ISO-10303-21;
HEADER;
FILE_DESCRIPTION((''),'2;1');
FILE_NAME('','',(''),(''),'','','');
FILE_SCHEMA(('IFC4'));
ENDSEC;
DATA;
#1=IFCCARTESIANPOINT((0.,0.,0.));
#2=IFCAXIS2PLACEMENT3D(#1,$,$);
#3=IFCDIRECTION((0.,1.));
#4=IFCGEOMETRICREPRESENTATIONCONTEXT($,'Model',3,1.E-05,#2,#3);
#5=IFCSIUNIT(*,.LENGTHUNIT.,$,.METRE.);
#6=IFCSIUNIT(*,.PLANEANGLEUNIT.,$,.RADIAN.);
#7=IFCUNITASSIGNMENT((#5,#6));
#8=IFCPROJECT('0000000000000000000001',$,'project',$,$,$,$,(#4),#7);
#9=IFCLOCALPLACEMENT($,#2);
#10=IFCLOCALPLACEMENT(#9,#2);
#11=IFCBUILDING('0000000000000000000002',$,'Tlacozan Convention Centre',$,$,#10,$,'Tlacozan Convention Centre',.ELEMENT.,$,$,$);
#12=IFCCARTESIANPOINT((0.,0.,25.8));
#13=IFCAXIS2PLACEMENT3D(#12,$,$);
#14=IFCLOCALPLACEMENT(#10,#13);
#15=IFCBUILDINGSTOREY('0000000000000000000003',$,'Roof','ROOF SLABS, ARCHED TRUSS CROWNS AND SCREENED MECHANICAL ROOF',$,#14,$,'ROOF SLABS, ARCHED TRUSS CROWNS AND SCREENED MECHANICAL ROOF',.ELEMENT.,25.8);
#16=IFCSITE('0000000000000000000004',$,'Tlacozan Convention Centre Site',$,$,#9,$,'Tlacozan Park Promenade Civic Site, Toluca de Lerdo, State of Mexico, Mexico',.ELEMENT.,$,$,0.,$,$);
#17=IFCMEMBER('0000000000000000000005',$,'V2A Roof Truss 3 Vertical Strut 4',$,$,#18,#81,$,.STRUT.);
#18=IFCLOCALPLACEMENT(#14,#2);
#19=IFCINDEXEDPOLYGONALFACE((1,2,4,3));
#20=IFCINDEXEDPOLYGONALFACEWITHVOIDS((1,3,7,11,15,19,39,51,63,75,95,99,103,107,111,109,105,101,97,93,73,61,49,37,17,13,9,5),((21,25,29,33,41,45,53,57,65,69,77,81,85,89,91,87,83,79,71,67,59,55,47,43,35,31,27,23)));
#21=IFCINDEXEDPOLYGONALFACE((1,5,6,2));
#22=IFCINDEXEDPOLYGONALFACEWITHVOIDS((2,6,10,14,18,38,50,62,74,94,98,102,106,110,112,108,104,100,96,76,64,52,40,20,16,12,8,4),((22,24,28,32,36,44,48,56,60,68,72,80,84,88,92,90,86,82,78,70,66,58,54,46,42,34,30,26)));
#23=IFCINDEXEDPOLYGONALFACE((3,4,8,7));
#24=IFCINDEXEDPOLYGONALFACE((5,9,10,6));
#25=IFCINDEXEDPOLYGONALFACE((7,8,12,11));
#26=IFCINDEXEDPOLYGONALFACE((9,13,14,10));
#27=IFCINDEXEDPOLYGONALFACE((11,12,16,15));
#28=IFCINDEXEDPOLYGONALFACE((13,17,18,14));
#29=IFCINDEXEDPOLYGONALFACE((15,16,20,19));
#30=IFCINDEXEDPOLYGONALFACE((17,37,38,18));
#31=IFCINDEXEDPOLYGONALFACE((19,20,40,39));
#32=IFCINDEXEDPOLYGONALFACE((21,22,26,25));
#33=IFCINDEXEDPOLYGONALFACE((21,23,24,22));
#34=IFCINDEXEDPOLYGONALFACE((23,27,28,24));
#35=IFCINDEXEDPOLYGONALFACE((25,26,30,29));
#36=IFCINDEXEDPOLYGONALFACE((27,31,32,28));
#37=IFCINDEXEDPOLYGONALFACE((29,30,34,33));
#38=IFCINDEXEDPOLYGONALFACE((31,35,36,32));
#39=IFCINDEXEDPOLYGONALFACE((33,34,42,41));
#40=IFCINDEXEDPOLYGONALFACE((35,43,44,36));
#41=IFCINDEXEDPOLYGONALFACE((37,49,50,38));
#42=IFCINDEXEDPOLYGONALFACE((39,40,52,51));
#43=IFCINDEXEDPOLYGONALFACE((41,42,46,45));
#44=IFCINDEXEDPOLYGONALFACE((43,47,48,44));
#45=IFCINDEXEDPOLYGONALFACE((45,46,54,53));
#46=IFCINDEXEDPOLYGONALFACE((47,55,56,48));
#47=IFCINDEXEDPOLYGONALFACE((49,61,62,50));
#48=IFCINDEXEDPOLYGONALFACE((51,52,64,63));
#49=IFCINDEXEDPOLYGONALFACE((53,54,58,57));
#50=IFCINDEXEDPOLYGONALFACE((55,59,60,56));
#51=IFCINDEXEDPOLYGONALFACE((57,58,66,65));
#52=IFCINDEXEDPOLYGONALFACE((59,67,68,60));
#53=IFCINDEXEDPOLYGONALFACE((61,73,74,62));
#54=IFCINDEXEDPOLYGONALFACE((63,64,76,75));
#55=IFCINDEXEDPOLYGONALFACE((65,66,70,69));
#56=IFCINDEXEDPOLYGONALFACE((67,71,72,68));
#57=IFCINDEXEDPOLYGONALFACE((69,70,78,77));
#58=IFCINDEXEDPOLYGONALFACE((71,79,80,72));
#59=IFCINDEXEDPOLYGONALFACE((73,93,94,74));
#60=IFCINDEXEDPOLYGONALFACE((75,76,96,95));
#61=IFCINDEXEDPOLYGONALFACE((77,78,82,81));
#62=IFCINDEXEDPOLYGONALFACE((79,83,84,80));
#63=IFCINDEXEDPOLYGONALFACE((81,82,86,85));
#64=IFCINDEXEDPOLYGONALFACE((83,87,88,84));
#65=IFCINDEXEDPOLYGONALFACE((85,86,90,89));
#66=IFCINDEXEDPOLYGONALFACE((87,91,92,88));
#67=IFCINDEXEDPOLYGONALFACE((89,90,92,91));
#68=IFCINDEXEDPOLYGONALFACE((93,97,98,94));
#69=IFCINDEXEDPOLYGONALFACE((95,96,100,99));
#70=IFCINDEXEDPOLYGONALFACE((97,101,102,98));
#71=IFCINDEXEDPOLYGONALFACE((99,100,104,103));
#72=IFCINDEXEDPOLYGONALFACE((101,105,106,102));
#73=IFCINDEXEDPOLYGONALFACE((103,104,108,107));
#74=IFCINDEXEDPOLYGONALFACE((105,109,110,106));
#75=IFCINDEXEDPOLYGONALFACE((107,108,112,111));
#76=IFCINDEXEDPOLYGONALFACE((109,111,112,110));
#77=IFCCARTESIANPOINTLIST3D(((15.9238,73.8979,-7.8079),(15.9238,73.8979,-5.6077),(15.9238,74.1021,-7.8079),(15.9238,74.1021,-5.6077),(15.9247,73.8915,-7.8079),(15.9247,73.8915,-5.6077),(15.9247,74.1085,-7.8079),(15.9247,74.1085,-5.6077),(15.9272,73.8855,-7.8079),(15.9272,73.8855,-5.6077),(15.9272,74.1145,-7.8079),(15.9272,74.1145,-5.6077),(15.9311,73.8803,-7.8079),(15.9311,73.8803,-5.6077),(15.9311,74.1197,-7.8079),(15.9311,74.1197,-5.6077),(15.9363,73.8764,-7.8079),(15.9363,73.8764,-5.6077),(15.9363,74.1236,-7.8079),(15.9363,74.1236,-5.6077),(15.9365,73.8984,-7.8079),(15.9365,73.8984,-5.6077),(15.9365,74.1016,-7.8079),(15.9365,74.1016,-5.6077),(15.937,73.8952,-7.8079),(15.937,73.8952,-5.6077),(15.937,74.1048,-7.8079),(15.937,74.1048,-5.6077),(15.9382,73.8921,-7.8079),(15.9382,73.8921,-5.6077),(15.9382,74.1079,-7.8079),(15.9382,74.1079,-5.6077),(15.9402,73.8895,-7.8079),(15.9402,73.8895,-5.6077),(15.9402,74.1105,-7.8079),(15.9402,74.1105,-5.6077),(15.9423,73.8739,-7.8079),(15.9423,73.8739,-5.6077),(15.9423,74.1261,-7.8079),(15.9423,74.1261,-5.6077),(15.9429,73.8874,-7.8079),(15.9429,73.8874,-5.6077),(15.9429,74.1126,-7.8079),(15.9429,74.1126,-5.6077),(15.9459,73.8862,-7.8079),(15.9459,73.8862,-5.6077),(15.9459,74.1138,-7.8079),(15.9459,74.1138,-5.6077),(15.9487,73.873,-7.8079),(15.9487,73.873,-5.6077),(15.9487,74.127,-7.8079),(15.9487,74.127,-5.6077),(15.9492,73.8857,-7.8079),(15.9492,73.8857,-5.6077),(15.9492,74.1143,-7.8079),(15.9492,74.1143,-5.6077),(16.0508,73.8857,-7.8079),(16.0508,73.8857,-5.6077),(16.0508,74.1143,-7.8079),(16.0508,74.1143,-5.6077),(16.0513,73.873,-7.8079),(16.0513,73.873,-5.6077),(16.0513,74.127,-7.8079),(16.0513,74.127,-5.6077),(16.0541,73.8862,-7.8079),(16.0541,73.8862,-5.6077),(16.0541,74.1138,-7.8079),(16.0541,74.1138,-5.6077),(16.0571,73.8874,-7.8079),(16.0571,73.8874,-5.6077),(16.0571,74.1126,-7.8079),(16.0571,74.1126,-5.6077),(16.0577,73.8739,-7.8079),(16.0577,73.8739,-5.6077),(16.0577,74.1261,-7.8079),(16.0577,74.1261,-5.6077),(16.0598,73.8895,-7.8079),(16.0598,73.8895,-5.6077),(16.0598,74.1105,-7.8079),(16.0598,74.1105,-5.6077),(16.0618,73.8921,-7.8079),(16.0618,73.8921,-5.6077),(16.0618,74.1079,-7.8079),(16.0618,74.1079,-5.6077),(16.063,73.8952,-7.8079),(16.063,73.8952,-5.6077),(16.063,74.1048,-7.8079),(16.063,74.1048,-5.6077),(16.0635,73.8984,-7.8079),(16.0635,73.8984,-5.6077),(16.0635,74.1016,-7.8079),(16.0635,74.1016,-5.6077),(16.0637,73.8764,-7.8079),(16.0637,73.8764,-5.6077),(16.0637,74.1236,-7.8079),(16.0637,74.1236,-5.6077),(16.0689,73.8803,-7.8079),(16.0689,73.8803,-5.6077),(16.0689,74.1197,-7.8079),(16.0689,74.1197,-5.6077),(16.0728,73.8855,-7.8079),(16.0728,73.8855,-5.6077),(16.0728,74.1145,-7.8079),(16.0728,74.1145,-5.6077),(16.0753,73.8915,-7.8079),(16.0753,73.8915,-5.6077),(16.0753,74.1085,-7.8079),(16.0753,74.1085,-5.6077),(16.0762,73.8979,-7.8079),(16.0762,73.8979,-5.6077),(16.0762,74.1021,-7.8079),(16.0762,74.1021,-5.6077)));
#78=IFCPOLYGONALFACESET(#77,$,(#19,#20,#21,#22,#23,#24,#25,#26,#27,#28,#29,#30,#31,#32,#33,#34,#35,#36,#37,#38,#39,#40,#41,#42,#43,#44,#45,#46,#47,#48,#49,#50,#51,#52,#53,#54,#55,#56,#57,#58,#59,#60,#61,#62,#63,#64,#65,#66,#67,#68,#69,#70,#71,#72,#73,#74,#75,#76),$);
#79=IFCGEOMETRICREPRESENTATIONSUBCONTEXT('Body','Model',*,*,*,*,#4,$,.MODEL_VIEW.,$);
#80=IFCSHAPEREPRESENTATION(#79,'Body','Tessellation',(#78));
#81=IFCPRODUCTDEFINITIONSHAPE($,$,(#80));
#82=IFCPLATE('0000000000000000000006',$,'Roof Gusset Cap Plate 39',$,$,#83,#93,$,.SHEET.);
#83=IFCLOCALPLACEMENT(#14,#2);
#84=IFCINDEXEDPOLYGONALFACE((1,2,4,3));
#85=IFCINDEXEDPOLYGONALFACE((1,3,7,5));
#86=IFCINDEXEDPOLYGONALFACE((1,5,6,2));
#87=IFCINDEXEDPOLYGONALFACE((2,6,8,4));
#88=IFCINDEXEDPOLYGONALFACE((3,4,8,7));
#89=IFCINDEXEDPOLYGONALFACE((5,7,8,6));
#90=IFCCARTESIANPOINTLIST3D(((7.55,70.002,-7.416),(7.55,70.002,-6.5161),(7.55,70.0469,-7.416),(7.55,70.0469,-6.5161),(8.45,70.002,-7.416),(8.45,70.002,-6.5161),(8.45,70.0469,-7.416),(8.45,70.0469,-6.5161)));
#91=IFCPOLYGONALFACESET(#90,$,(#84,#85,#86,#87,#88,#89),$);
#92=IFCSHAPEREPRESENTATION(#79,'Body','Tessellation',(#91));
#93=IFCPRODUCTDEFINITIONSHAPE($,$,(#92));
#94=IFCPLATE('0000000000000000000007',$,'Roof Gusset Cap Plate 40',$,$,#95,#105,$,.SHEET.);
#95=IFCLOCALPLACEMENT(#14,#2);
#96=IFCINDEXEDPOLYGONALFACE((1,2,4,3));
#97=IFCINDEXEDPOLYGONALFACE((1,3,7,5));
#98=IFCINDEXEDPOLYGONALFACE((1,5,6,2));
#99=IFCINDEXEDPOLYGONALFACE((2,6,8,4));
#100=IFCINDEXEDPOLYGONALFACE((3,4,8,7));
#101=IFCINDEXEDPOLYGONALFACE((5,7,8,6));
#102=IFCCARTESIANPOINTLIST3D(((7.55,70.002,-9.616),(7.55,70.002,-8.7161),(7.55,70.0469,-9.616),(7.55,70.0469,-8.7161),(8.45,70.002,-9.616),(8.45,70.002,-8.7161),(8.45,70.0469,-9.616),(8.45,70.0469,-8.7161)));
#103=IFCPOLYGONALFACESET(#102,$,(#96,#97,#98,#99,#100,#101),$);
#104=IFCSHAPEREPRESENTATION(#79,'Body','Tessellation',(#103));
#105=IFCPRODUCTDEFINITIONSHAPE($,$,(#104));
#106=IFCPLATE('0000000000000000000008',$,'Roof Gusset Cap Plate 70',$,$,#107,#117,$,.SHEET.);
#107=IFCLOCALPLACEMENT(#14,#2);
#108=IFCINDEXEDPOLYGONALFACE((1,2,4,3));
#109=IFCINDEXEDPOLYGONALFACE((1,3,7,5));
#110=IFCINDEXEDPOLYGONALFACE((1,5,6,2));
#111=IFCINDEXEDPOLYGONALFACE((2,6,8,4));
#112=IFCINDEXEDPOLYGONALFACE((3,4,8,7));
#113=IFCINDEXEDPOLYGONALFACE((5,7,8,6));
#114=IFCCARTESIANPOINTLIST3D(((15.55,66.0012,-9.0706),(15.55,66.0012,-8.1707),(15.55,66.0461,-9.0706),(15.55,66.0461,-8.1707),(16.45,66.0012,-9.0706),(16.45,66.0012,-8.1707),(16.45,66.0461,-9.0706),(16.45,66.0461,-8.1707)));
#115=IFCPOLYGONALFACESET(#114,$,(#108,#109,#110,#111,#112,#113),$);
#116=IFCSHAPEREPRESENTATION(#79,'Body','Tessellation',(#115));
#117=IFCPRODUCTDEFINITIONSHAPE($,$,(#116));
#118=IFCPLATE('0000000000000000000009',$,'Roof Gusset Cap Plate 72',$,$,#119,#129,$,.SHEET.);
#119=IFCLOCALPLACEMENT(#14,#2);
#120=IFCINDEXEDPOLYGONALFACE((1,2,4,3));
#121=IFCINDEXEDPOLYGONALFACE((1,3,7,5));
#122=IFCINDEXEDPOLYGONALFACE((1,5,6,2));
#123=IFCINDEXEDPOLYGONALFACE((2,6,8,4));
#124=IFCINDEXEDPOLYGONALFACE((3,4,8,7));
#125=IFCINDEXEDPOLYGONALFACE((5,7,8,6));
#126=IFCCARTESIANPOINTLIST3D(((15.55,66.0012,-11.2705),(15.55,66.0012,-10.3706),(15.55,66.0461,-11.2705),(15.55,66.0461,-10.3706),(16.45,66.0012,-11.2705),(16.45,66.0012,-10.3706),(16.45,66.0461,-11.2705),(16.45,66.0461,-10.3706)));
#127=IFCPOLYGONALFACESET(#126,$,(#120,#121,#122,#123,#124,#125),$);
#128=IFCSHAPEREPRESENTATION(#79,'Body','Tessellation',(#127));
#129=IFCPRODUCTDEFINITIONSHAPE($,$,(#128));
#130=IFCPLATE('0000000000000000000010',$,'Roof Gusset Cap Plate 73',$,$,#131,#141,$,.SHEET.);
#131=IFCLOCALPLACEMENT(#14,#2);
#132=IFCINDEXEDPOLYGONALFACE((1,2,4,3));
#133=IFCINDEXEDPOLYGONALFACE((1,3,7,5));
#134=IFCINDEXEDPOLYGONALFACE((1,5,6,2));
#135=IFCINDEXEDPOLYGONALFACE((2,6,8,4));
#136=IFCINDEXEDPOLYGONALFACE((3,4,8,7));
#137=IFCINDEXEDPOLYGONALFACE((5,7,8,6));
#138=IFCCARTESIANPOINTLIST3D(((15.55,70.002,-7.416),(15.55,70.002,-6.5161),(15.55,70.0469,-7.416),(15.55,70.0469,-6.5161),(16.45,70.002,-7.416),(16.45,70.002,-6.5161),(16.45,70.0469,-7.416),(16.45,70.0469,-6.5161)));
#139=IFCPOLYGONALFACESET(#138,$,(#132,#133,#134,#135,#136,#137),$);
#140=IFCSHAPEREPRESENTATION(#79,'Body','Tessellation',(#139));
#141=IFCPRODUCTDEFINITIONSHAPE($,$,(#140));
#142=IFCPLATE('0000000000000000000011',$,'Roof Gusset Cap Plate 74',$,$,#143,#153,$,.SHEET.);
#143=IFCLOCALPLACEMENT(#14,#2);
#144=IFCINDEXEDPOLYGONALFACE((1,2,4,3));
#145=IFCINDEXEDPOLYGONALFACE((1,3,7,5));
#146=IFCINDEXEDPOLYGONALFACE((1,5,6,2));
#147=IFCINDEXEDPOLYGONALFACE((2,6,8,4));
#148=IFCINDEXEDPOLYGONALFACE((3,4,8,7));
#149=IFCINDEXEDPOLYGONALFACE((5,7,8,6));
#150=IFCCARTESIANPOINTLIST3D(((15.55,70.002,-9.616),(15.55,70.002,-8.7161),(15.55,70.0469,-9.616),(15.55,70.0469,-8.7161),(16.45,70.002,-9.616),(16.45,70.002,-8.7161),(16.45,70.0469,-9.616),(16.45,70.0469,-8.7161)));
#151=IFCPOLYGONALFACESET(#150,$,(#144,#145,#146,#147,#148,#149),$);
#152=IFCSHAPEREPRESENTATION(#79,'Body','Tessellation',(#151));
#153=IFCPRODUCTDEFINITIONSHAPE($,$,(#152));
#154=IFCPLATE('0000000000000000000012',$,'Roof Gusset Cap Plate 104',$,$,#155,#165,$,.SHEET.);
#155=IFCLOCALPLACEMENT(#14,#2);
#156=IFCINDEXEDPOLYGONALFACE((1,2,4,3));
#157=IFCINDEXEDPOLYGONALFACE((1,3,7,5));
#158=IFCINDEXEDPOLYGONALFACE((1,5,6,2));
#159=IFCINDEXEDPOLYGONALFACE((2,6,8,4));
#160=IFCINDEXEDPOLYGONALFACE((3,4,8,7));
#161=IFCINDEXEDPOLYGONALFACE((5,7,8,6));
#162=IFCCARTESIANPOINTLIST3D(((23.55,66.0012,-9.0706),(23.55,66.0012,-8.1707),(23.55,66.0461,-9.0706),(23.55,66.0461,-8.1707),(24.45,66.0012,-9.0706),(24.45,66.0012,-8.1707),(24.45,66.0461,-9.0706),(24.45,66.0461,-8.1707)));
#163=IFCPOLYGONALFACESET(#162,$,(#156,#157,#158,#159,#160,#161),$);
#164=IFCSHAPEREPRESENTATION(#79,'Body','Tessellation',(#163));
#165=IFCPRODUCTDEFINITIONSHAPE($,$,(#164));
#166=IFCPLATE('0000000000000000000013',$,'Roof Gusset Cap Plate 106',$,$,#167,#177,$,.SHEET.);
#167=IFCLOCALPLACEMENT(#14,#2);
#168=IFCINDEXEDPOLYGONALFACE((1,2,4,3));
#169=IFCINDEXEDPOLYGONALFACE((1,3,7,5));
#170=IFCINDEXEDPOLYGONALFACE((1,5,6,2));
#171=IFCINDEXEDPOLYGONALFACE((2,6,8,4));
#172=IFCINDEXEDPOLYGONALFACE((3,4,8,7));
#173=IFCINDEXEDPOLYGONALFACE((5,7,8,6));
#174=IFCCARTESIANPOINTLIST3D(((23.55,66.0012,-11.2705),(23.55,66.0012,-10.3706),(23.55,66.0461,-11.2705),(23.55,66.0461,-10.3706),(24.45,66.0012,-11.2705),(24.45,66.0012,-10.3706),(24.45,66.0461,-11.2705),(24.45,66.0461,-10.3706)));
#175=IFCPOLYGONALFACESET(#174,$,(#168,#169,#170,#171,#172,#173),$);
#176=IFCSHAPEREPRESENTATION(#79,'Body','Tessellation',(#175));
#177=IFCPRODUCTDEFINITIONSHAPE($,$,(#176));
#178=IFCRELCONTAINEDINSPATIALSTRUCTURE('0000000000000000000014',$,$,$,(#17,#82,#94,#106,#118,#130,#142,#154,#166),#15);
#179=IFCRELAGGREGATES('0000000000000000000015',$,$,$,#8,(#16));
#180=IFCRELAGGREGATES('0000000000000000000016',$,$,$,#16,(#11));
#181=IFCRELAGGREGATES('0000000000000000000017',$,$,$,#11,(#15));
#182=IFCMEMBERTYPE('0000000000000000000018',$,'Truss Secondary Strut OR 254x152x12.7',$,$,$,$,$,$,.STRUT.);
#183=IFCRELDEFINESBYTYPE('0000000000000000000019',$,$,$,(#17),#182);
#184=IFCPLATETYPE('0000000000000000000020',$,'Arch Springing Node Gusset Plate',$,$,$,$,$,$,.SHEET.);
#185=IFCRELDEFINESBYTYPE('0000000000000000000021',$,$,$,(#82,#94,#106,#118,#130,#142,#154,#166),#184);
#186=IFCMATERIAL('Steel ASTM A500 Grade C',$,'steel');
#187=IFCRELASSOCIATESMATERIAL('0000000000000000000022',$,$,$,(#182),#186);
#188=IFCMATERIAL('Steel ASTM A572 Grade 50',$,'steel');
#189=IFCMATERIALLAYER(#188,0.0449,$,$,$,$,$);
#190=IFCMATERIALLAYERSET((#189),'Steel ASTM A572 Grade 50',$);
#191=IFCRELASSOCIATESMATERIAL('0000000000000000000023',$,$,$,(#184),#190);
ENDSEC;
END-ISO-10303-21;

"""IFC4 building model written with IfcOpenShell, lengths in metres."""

from ifc_helpers import new_model, si_unit, direction, frame, origin, origin_2d, place, context, subcontext, project, spatial, rectangle, hollow_rectangle, extrude, material, layer, layer_set, material_profile, profile_set, type_object, element, save


model = new_model("IFC4")

# Units and contexts
model_context = context("Model", 3, precision=1e-05, world=origin(), true_north=direction((0.0, 1.0)))
body_context = subcontext(model_context, "Body", "Model", "MODEL_VIEW")
ifc_project = project(units=[si_unit("LENGTHUNIT", "METRE"), si_unit("PLANEANGLEUNIT", "RADIAN")], contexts=[model_context])

# Site, building, storey
site_placement = place(None, origin())
site = spatial("IfcSite", under=ifc_project, at=site_placement, Name="Tlacozan Convention Centre Site", LongName="Tlacozan Park Promenade Civic Site, Toluca de Lerdo, State of Mexico, Mexico", CompositionType="ELEMENT", RefElevation=0.0)
building_placement = place(site_placement, origin())
building = spatial("IfcBuilding", under=site, at=building_placement, Name="Tlacozan Convention Centre", LongName="Tlacozan Convention Centre", CompositionType="ELEMENT")
storey_placement = place(building_placement, frame((0.0, 0.0, 25.8)))
storey = spatial("IfcBuildingStorey", under=building, at=storey_placement, Name="Roof", Description="ROOF SLABS, ARCHED TRUSS CROWNS AND SCREENED MECHANICAL ROOF", LongName="ROOF SLABS, ARCHED TRUSS CROWNS AND SCREENED MECHANICAL ROOF", CompositionType="ELEMENT", Elevation=25.8)

# Member
ifc_material_1 = material(Name="Steel ASTM A500 Grade C", Category="steel")
ifc_material_profile_1 = material_profile(ifc_material_1, hollow_rectangle(XDim=0.1523, YDim=0.2539, WallThickness=0.0127, InnerFilletRadius=0.0127, OuterFilletRadius=0.0249, at=origin_2d()), Name="OR 254x152x12.7")
ifc_profile_set_1 = profile_set([ifc_material_profile_1], Name="Steel ASTM A500 Grade C")
member_type_1 = type_object("IfcMemberType", Name="Truss Secondary Strut OR 254x152x12.7", PredefinedType="STRUT", material=ifc_profile_set_1)
for number, where, z_axis, x_axis, name in (
    (1, (16.0, 74.0, -7.8079), (0.0, 0.0, 1.0), (1.0, 0.0, 0.0), "V2A Roof Truss 3 Vertical Strut 4"),
):
    element("IfcMember", number, at=place(storey_placement, frame(where, z_axis=z_axis, x_axis=x_axis)), inside=storey, type_object=member_type_1, Name=name, PredefinedType="STRUT", context=body_context, shape_type="SweptSolid", body=[
        extrude(hollow_rectangle(XDim=0.1523, YDim=0.2539, WallThickness=0.0127, InnerFilletRadius=0.0127, OuterFilletRadius=0.0249, at=origin_2d()), origin(), (0.0, 0.0, 1.0), 2.2002),
    ])

# Plates
ifc_material_2 = material(Name="Steel ASTM A572 Grade 50", Category="steel")
ifc_layer = layer(ifc_material_2, 0.0449)
ifc_layer_set = layer_set([ifc_layer], Name="Steel ASTM A572 Grade 50")
plate_type = type_object("IfcPlateType", Name="Arch Springing Node Gusset Plate", PredefinedType="SHEET", material=ifc_layer_set)
for number, where, z_axis, x_axis, name in (
    (2, (8.0, 70.0244, -7.416), (0.0, 0.0, 1.0), (0.0, 1.0, 0.0), "Roof Gusset Cap Plate 39"),
    (3, (8.0, 70.0244, -9.616), (0.0, 0.0, 1.0), (0.0, 1.0, 0.0), "Roof Gusset Cap Plate 40"),
    (4, (16.0, 66.0237, -9.0706), (0.0, 0.0, 1.0), (0.0, 1.0, 0.0), "Roof Gusset Cap Plate 70"),
    (5, (16.0, 66.0237, -11.2705), (0.0, 0.0, 1.0), (0.0, 1.0, 0.0), "Roof Gusset Cap Plate 72"),
    (6, (16.0, 70.0244, -7.416), (0.0, 0.0, 1.0), (0.0, 1.0, 0.0), "Roof Gusset Cap Plate 73"),
    (7, (16.0, 70.0244, -9.616), (0.0, 0.0, 1.0), (0.0, 1.0, 0.0), "Roof Gusset Cap Plate 74"),
    (8, (24.0, 66.0237, -9.0706), (0.0, 0.0, 1.0), (0.0, 1.0, 0.0), "Roof Gusset Cap Plate 104"),
    (9, (24.0, 66.0237, -11.2705), (0.0, 0.0, 1.0), (0.0, 1.0, 0.0), "Roof Gusset Cap Plate 106"),
):
    element("IfcPlate", number, at=place(storey_placement, frame(where, z_axis=z_axis, x_axis=x_axis)), inside=storey, type_object=plate_type, Name=name, PredefinedType="SHEET", context=body_context, shape_type="SweptSolid", body=[
        extrude(rectangle(XDim=0.0449, YDim=0.8999, at=origin_2d()), origin(), (0.0, 0.0, 1.0), 0.8999),
    ])

save(model, "model.ifc")
